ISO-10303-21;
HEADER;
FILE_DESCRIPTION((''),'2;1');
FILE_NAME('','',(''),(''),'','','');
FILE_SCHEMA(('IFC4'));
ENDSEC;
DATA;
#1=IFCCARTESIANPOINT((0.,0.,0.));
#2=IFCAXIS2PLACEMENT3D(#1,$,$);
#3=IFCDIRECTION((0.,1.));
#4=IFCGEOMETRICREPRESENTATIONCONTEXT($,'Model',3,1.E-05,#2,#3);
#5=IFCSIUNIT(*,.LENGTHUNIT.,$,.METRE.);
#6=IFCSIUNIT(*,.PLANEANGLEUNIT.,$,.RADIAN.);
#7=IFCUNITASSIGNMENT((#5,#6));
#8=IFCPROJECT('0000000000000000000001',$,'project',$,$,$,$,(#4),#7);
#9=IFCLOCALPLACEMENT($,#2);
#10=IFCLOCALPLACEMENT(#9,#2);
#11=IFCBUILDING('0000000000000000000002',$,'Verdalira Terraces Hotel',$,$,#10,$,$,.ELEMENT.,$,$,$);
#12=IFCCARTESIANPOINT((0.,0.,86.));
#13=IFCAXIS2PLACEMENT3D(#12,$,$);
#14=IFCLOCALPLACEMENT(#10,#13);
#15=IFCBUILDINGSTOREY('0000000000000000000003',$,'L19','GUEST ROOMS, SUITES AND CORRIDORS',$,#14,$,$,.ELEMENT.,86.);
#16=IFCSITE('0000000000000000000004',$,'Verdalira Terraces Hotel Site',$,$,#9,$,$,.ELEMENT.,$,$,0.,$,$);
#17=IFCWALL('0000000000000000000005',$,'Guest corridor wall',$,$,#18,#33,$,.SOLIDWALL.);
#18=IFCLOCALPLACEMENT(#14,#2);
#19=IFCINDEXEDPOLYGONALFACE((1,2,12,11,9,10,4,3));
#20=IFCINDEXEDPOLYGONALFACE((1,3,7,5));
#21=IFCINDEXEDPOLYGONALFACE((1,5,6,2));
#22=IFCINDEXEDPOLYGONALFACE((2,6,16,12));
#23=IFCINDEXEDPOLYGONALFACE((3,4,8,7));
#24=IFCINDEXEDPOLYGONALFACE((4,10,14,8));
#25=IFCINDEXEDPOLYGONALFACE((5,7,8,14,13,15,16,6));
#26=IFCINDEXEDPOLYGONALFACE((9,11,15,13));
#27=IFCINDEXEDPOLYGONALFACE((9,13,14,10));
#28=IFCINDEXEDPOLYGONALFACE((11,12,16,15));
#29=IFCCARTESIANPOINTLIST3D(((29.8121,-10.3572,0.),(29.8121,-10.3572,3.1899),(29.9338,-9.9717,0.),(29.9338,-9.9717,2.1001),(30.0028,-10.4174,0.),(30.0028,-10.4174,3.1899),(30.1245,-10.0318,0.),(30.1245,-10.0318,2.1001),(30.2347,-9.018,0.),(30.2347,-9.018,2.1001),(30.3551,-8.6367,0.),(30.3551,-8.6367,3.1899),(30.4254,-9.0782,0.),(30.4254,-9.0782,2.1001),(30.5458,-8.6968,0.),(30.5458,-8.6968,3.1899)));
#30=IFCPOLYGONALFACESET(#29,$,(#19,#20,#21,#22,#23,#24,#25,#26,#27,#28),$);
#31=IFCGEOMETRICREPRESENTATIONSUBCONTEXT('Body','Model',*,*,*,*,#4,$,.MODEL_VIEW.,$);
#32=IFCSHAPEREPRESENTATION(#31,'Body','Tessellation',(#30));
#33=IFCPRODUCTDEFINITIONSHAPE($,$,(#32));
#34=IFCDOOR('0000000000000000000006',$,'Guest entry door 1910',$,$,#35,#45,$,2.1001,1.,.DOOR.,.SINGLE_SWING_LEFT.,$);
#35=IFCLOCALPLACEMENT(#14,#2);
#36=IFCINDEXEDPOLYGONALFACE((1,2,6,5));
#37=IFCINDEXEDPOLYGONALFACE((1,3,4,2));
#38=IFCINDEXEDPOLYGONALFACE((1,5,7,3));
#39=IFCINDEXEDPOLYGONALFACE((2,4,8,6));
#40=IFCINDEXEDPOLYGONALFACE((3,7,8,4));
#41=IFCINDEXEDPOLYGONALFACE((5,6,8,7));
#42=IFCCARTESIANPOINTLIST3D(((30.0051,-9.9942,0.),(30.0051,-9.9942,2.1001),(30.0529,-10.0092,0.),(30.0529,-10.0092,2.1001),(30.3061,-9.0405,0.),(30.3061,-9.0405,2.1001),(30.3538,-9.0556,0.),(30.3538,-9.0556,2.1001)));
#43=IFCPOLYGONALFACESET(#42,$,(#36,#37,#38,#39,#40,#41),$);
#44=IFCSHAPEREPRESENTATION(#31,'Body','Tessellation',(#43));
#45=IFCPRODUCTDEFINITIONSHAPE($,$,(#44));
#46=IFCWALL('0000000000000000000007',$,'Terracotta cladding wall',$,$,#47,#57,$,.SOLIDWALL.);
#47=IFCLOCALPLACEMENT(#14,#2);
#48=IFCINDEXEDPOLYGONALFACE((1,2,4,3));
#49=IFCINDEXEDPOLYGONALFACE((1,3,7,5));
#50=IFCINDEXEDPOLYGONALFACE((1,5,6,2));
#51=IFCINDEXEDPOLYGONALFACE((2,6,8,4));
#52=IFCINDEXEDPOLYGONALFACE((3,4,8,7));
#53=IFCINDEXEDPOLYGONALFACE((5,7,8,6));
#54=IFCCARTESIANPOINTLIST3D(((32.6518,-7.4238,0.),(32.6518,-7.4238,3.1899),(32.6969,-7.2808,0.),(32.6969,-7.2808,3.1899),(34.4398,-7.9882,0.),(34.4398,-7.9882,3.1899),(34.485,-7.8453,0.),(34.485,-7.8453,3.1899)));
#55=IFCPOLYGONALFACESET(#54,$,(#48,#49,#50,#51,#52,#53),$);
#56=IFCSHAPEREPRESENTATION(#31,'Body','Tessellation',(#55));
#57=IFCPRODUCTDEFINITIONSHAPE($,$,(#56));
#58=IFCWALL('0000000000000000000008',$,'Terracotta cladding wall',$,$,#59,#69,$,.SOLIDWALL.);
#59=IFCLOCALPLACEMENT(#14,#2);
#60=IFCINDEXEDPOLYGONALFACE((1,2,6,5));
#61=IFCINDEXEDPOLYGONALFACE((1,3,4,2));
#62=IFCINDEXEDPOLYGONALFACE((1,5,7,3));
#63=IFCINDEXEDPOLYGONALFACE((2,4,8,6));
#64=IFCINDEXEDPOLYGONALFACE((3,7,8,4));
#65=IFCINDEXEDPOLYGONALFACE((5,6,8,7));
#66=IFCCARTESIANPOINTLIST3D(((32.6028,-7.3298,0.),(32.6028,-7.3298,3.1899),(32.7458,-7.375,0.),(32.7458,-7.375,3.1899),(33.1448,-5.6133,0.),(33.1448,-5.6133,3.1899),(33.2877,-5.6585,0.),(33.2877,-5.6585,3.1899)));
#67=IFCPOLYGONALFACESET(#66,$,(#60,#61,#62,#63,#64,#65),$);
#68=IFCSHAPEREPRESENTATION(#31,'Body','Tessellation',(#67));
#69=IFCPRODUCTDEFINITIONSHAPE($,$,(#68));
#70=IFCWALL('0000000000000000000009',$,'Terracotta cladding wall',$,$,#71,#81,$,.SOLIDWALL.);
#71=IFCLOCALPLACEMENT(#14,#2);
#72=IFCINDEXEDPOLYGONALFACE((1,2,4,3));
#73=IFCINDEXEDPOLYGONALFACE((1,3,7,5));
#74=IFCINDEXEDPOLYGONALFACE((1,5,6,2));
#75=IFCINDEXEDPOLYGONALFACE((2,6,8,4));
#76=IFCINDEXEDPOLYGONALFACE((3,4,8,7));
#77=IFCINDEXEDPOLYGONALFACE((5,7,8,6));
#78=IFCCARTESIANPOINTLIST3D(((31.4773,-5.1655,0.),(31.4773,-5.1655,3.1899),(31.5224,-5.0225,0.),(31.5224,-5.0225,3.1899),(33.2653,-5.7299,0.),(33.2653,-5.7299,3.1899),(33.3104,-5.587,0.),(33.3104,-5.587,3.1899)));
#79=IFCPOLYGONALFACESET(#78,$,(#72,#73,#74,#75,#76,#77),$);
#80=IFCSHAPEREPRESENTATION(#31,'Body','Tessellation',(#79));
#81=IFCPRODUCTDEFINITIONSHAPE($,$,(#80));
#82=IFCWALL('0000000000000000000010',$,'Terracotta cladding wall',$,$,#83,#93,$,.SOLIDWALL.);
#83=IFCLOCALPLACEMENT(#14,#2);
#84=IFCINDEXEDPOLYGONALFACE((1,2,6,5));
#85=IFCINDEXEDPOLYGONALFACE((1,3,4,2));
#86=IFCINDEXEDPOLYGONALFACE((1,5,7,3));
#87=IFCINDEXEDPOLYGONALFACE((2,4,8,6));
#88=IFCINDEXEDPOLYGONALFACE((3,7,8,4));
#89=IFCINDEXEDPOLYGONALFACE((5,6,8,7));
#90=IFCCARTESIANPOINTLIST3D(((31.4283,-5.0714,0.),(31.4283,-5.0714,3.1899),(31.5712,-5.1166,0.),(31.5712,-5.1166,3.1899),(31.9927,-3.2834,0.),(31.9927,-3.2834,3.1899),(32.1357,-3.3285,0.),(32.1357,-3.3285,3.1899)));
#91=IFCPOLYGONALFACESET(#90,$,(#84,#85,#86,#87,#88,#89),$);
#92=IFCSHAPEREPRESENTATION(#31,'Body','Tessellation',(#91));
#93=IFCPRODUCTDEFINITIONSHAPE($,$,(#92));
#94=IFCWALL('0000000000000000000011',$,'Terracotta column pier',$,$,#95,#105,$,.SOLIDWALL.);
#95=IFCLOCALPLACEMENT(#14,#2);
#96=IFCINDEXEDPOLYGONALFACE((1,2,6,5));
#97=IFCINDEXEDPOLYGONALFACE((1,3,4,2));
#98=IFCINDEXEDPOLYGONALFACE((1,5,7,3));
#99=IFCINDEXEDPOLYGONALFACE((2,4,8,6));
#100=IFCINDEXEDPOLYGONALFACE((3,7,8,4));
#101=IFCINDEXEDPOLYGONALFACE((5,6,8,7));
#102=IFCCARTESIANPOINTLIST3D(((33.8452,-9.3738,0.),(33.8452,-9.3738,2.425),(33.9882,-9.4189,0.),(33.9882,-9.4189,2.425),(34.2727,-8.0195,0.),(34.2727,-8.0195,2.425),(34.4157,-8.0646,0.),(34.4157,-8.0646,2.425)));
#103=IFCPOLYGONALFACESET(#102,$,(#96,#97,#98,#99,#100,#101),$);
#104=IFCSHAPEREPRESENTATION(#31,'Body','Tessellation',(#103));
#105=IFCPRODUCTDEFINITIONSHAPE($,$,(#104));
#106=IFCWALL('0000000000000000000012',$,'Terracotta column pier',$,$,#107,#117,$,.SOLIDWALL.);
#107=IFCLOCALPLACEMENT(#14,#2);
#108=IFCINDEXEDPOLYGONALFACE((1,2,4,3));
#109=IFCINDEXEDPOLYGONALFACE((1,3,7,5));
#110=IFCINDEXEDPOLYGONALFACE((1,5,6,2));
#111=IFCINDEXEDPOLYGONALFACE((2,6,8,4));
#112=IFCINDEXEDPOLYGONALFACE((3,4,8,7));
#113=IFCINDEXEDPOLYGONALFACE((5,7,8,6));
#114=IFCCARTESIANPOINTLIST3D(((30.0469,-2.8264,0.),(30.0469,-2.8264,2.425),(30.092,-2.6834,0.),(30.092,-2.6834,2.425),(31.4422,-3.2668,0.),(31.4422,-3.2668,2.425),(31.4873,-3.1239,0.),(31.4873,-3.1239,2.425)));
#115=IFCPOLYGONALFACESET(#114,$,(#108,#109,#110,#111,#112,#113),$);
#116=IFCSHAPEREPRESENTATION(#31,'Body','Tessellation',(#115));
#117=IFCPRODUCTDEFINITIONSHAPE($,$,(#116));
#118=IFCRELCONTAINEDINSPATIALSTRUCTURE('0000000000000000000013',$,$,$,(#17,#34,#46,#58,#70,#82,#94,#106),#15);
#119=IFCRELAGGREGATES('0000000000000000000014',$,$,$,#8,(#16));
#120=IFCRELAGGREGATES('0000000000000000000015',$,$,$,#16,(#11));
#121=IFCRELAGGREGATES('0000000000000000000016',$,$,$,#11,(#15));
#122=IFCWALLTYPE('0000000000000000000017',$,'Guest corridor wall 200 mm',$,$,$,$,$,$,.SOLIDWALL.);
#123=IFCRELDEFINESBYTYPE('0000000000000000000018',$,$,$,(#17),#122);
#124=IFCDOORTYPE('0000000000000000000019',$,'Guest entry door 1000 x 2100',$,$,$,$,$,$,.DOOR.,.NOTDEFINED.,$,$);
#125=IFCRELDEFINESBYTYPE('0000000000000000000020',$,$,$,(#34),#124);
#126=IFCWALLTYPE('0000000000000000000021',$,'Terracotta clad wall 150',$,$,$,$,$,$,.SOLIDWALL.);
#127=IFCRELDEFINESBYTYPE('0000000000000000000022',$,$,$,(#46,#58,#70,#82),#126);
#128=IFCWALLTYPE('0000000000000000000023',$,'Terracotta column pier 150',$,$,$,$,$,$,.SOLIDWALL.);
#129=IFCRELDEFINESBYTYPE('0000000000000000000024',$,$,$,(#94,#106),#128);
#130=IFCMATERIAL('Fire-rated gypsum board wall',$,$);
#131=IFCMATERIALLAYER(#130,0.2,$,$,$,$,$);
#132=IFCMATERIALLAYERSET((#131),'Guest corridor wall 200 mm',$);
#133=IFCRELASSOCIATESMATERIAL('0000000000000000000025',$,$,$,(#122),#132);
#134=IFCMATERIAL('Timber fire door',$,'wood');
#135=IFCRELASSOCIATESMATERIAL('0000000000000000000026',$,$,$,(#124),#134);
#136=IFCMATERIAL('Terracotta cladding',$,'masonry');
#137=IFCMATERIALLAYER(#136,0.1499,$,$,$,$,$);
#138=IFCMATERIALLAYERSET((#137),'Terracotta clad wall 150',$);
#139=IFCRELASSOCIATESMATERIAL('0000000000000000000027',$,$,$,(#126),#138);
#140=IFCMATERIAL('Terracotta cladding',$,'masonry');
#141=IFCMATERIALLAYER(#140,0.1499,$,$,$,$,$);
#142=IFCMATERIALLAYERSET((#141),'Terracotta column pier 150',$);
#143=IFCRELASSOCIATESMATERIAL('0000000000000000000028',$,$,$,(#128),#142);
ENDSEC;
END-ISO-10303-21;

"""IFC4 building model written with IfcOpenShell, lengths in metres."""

from ifc_helpers import new_model, si_unit, direction, frame, frame_2d, origin, place, context, subcontext, project, spatial, rectangle, extrude, material, layer, layer_set, type_object, element, fill, save


model = new_model("IFC4")

# Units and contexts
model_context = context("Model", 3, precision=1e-05, world=origin(), true_north=direction((0.0, 1.0)))
body_context = subcontext(model_context, "Body", "Model", "MODEL_VIEW")
ifc_project = project(units=[si_unit("LENGTHUNIT", "METRE"), si_unit("PLANEANGLEUNIT", "RADIAN")], contexts=[model_context])

# Site, building, storey
site_placement = place(None, origin())
site = spatial("IfcSite", under=ifc_project, at=site_placement, Name="Verdalira Terraces Hotel Site", CompositionType="ELEMENT", RefElevation=0.0)
building_placement = place(site_placement, origin())
building = spatial("IfcBuilding", under=site, at=building_placement, Name="Verdalira Terraces Hotel", CompositionType="ELEMENT")
storey_placement = place(building_placement, frame((0.0, 0.0, 86.0)))
storey = spatial("IfcBuildingStorey", under=building, at=storey_placement, Name="L19", Description="GUEST ROOMS, SUITES AND CORRIDORS", CompositionType="ELEMENT", Elevation=86.0)

# Shared definitions
ifc_material_1 = material(Name="Fire-rated gypsum board wall")
ifc_layer_1 = layer(ifc_material_1, 0.2)
ifc_layer_set_1 = layer_set([ifc_layer_1], Name="Guest corridor wall 200 mm")
wall_type_1 = type_object("IfcWallType", Name="Guest corridor wall 200 mm", PredefinedType="SOLIDWALL", material=ifc_layer_set_1)

# Wall, opening, door
wall_1_placement = place(storey_placement, frame((30.4504, -8.6667, 0.0), z_axis=(0.0, 0.0, 1.0), x_axis=(-0.300963, -0.953636, 0.0)))
wall_1 = element("IfcWall", 1, at=wall_1_placement, inside=storey, type_object=wall_type_1, Name="Guest corridor wall", PredefinedType="SOLIDWALL", context=body_context, shape_type="SweptSolid", body=[
    extrude(rectangle(XDim=1.8042, YDim=0.2, at=frame_2d((0.9021, 0.0))), origin(), (0.0, 0.0, 1.0), 3.1899),
])
opening_1_placement = place(wall_1_placement, frame((0.3999, 0.0, 0.0)))
opening_1 = element("IfcOpeningElement", 2, at=opening_1_placement, cuts=wall_1, PredefinedType="OPENING", context=body_context, shape_type="SweptSolid", body=[
    extrude(rectangle(XDim=1.0, YDim=2.1001, at=frame_2d((0.5, 1.05))), frame((0.0, 0.1099, 0.0), z_axis=(0.0, -1.0, 0.0), x_axis=(1.0, 0.0, 0.0)), (0.0, 0.0, 1.0), 0.22),
])
ifc_material_2 = material(Name="Timber fire door", Category="wood")
door_type_1 = type_object("IfcDoorType", Name="Guest entry door 1000 x 2100", OperationType="NOTDEFINED", PredefinedType="DOOR", material=ifc_material_2)
door_1_placement = place(opening_1_placement, origin())
door_1 = element("IfcDoor", 3, at=door_1_placement, inside=storey, type_object=door_type_1, Name="Guest entry door 1910", OperationType="SINGLE_SWING_LEFT", OverallHeight=2.1001, OverallWidth=1.0, PredefinedType="DOOR", context=body_context, shape_type="SweptSolid", body=[
    extrude(rectangle(XDim=1.0, YDim=2.1001, at=frame_2d((0.5, 1.05))), frame((0.0, 0.0249, 0.0), z_axis=(0.0, -1.0, 0.0), x_axis=(1.0, 0.0, 0.0)), (0.0, 0.0, 1.0), 0.05),
])
fill(opening_1, door_1)

# Walls
ifc_material_3 = material(Name="Terracotta cladding", Category="masonry")
ifc_layer_2 = layer(ifc_material_3, 0.1499)
ifc_layer_set_2 = layer_set([ifc_layer_2], Name="Terracotta clad wall 150")
wall_type_2 = type_object("IfcWallType", Name="Terracotta clad wall 150", PredefinedType="SOLIDWALL", material=ifc_layer_set_2)
wall_2_placement = place(storey_placement, frame((34.4624, -7.9167, 0.0), z_axis=(0.0, 0.0, 1.0), x_axis=(-0.953614, 0.301032, 0.0)))
element("IfcWall", 4, at=wall_2_placement, inside=storey, type_object=wall_type_2, Name="Terracotta cladding wall", PredefinedType="SOLIDWALL", context=body_context, shape_type="SweptSolid", body=[
    extrude(rectangle(XDim=1.875, YDim=0.1499, at=frame_2d((0.9375, 0.0))), origin(), (0.0, 0.0, 1.0), 3.1899),
])
wall_3_placement = place(storey_placement, frame((32.6743, -7.3523, 0.0), z_axis=(0.0, 0.0, 1.0), x_axis=(0.301092, 0.953595, 0.0)))
element("IfcWall", 5, at=wall_3_placement, inside=storey, type_object=wall_type_2, Name="Terracotta cladding wall", PredefinedType="SOLIDWALL", context=body_context, shape_type="SweptSolid", body=[
    extrude(rectangle(XDim=1.8, YDim=0.1499, at=frame_2d((0.8999, 0.0))), origin(), (0.0, 0.0, 1.0), 3.1899),
])
for number, where, z_axis, x_axis, name in (
    (6, (33.2878, -5.6584, 0.0), (0.0, 0.0, 1.0), (-0.953614, 0.301032, 0.0), "Terracotta cladding wall"),
    (7, (31.4998, -5.094, 0.0), (0.0, 0.0, 1.0), (0.301032, 0.953614, 0.0), "Terracotta cladding wall"),
):
    element("IfcWall", number, at=place(storey_placement, frame(where, z_axis=z_axis, x_axis=x_axis)), inside=storey, type_object=wall_type_2, Name=name, PredefinedType="SOLIDWALL", context=body_context, shape_type="SweptSolid", body=[
        extrude(rectangle(XDim=1.875, YDim=0.1499, at=frame_2d((0.9375, 0.0))), origin(), (0.0, 0.0, 1.0), 3.1899),
    ])
ifc_material_4 = material(Name="Terracotta cladding", Category="masonry")
ifc_layer_3 = layer(ifc_material_4, 0.1499)
ifc_layer_set_3 = layer_set([ifc_layer_3], Name="Terracotta column pier 150")
wall_type_3 = type_object("IfcWallType", Name="Terracotta column pier 150", PredefinedType="SOLIDWALL", material=ifc_layer_set_3)
wall_4_placement = place(storey_placement, frame((33.9167, -9.3962, 0.0), z_axis=(0.0, 0.0, 1.0), x_axis=(0.301024, 0.953616, 0.0)))
element("IfcWall", 8, at=wall_4_placement, inside=storey, type_object=wall_type_3, Name="Terracotta column pier", PredefinedType="SOLIDWALL", context=body_context, shape_type="SweptSolid", body=[
    extrude(rectangle(XDim=1.4202, YDim=0.1499, at=frame_2d((0.71, 0.0))), origin(), (0.0, 0.0, 1.0), 2.425),
])
wall_5_placement = place(storey_placement, frame((31.4646, -3.1953, 0.0), z_axis=(0.0, 0.0, 1.0), x_axis=(-0.953618, 0.30102, 0.0)))
element("IfcWall", 9, at=wall_5_placement, inside=storey, type_object=wall_type_3, Name="Terracotta column pier", PredefinedType="SOLIDWALL", context=body_context, shape_type="SweptSolid", body=[
    extrude(rectangle(XDim=1.4631, YDim=0.1499, at=frame_2d((0.7314, 0.0))), origin(), (0.0, 0.0, 1.0), 2.425),
])

save(model, "model.ifc")
